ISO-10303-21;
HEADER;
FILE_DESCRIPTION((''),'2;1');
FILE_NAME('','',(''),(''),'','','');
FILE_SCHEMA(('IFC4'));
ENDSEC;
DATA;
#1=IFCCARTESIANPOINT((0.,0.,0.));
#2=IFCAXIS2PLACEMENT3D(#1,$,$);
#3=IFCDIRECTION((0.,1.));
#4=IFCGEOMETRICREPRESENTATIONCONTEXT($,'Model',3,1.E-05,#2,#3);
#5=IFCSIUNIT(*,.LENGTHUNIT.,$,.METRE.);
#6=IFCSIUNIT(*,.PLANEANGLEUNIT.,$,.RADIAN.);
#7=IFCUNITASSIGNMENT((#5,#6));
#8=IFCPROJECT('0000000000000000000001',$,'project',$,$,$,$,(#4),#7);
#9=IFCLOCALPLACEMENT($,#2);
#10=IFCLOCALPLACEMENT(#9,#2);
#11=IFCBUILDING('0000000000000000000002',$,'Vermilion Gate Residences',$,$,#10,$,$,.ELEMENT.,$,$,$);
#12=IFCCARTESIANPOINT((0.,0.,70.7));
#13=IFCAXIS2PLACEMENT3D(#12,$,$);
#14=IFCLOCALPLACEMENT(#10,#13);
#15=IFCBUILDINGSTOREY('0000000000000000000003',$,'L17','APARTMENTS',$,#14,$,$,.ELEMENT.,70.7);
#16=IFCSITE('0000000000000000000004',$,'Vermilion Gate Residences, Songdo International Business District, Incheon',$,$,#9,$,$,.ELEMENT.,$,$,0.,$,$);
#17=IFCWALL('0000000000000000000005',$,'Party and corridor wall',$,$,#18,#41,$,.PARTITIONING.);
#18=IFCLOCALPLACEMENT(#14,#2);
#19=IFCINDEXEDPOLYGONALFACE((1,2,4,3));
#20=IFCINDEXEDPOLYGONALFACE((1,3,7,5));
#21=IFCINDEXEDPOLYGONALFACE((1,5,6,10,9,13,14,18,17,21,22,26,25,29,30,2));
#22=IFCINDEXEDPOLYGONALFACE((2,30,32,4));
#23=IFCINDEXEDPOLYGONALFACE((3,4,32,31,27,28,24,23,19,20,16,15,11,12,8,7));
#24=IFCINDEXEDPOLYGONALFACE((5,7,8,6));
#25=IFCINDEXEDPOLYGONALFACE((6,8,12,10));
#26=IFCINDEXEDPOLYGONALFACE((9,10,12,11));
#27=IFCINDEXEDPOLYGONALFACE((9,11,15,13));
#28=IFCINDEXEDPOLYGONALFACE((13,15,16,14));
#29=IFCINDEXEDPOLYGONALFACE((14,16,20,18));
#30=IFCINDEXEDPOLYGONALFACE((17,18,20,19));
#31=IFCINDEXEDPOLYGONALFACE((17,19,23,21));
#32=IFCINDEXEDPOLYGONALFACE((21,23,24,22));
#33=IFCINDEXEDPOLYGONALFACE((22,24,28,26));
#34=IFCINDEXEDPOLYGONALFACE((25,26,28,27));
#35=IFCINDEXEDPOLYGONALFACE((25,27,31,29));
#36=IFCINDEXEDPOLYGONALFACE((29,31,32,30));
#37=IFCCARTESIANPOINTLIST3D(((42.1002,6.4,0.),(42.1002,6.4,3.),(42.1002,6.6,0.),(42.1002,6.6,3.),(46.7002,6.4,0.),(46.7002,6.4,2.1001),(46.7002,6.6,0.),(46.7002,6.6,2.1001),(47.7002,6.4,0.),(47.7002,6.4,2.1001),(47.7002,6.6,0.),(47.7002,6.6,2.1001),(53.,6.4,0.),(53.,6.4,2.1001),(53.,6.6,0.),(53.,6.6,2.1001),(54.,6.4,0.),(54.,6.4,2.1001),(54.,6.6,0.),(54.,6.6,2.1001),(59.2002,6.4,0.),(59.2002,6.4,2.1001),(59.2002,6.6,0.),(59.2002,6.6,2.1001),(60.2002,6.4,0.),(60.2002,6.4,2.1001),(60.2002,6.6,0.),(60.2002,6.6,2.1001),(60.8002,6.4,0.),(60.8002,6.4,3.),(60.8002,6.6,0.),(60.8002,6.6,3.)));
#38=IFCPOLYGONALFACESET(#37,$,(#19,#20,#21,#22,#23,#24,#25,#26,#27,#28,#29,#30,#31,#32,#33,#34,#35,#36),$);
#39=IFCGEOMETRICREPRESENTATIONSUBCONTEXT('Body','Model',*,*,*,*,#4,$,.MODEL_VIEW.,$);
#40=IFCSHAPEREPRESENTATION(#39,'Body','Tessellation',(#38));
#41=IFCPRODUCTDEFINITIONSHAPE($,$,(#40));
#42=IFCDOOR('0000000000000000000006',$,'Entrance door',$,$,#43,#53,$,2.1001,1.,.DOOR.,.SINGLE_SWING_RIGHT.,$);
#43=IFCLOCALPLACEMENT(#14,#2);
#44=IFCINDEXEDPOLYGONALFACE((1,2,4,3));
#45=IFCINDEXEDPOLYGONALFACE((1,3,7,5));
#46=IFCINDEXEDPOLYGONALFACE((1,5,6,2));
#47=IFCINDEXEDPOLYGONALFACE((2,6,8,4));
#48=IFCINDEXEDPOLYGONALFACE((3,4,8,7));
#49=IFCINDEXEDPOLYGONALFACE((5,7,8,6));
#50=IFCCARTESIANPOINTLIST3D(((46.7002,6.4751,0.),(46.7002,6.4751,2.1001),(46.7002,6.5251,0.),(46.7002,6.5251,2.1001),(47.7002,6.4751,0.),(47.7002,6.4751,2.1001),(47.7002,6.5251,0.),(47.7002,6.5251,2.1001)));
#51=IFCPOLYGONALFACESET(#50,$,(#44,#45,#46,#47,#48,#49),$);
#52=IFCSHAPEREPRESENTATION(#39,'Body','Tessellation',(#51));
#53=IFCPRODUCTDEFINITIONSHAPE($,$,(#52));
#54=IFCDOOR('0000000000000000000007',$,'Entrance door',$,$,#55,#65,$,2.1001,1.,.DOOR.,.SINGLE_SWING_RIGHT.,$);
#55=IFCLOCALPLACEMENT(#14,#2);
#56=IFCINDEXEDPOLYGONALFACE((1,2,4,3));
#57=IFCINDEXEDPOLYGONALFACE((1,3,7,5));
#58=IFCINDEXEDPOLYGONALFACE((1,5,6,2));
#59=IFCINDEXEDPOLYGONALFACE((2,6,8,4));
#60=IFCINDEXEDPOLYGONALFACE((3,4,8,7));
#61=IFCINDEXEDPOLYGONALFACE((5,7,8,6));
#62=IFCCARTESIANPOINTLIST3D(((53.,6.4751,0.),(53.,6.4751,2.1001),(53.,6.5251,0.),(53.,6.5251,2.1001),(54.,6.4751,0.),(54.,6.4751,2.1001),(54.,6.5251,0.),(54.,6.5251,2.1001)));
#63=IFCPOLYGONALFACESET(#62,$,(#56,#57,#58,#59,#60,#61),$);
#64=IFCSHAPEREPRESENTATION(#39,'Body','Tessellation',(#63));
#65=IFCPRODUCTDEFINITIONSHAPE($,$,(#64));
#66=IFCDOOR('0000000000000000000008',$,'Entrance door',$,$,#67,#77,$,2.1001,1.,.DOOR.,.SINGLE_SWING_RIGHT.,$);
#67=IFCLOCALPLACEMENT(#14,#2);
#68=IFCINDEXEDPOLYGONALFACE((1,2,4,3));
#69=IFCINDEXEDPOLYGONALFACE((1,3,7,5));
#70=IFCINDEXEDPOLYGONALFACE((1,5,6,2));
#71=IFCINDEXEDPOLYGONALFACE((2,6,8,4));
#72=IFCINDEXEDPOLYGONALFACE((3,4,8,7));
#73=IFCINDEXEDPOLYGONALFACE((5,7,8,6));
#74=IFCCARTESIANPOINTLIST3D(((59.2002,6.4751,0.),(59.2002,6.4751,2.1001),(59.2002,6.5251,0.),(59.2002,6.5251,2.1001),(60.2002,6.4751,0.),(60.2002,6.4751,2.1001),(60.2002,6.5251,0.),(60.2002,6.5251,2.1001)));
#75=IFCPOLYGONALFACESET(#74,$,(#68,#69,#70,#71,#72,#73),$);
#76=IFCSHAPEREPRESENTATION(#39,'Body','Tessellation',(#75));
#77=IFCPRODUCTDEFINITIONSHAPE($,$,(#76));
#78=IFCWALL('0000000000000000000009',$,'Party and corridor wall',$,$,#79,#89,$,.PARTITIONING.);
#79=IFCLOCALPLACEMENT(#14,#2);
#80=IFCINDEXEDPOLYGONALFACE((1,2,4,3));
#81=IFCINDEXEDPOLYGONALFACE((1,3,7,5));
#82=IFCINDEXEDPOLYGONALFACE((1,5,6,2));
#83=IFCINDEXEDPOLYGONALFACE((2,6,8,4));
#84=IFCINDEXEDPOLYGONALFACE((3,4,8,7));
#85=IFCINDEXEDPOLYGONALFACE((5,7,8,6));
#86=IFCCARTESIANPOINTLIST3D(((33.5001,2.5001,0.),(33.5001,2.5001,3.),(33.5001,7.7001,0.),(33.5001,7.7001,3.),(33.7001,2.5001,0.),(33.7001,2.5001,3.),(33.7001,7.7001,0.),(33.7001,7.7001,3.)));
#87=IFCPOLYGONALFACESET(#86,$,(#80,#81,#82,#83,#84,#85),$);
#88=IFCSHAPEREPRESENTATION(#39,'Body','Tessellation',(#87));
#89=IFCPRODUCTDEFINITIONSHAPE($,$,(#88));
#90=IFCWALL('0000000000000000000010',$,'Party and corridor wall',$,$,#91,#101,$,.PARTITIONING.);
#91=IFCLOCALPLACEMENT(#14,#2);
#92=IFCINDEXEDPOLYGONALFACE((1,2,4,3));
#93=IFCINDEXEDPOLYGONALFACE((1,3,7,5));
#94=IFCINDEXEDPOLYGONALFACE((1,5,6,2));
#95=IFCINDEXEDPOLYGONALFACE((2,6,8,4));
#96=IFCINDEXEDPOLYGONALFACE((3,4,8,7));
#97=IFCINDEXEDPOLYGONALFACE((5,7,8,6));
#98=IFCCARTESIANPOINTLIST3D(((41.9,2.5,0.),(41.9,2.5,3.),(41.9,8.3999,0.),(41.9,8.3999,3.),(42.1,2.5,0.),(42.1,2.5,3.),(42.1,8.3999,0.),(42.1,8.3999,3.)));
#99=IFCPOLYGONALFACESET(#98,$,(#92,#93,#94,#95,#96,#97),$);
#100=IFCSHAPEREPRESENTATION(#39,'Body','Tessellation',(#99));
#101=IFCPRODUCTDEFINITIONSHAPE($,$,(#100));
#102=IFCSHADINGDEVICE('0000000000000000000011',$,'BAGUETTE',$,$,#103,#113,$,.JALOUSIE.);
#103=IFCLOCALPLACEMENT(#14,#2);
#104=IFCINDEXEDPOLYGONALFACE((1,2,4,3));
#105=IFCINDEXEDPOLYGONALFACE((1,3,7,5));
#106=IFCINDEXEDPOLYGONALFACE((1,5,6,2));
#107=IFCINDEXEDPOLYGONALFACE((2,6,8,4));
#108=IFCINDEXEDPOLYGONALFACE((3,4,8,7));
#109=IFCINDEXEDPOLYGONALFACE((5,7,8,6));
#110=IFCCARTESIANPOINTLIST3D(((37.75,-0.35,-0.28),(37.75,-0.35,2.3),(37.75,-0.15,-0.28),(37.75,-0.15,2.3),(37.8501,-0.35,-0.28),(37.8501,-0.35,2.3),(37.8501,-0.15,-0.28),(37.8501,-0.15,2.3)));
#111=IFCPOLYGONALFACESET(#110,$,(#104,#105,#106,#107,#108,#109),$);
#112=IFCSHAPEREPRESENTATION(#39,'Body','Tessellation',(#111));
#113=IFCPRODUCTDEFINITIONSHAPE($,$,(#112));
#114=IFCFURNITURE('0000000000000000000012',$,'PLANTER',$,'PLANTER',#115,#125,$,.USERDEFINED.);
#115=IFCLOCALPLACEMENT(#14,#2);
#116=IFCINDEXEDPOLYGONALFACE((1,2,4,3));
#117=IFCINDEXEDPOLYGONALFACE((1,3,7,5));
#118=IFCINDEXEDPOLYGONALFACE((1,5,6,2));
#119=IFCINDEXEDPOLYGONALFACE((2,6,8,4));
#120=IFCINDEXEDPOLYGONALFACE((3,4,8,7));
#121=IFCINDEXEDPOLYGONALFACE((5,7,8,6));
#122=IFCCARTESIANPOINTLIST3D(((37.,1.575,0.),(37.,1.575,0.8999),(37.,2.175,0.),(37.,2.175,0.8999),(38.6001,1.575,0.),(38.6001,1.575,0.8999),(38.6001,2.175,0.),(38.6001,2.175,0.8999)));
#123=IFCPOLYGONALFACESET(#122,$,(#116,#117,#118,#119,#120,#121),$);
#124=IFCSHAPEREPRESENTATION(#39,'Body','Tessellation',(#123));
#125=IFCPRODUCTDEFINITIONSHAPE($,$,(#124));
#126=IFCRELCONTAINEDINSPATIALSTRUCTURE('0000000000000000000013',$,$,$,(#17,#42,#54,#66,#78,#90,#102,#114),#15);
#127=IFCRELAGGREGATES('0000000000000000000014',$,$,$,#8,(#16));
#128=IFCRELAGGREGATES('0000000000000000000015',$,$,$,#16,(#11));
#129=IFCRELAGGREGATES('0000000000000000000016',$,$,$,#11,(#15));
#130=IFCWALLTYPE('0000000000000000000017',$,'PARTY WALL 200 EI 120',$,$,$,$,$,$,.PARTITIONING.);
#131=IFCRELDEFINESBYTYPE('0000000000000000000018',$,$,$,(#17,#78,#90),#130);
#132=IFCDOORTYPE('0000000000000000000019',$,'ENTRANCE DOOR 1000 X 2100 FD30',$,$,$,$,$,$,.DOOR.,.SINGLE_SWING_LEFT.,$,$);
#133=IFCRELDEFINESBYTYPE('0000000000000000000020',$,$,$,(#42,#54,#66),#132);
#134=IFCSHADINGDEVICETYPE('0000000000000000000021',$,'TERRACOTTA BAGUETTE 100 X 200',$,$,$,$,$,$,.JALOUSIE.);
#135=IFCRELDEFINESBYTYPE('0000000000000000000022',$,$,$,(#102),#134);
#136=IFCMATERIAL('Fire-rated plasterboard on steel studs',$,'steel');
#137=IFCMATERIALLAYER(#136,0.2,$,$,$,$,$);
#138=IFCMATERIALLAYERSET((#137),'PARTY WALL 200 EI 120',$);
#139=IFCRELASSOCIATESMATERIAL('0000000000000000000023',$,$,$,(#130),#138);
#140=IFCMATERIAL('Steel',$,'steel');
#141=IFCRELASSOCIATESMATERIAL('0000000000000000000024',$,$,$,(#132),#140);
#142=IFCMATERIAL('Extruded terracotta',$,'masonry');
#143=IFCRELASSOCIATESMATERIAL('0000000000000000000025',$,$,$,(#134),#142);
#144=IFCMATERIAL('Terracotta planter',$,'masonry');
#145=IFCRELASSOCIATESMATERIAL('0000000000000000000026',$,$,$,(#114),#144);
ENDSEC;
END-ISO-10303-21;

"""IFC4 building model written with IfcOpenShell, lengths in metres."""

from ifc_helpers import new_model, si_unit, direction, frame, frame_2d, origin, origin_2d, place, context, subcontext, project, spatial, rectangle, extrude, material, layer, layer_set, material_profile, profile_set, type_object, element, fill, save


model = new_model("IFC4")

# Units and contexts
model_context = context("Model", 3, precision=1e-05, world=origin(), true_north=direction((0.0, 1.0)))
body_context = subcontext(model_context, "Body", "Model", "MODEL_VIEW")
ifc_project = project(units=[si_unit("LENGTHUNIT", "METRE"), si_unit("PLANEANGLEUNIT", "RADIAN")], contexts=[model_context])

# Site, building, storey
site_placement = place(None, origin())
site = spatial("IfcSite", under=ifc_project, at=site_placement, Name="Vermilion Gate Residences, Songdo International Business District, Incheon", CompositionType="ELEMENT", RefElevation=0.0)
building_placement = place(site_placement, origin())
building = spatial("IfcBuilding", under=site, at=building_placement, Name="Vermilion Gate Residences", CompositionType="ELEMENT")
storey_placement = place(building_placement, frame((0.0, 0.0, 70.7)))
storey = spatial("IfcBuildingStorey", under=building, at=storey_placement, Name="L17", Description="APARTMENTS", CompositionType="ELEMENT", Elevation=70.7)

# Wall, openings, doors
ifc_material_1 = material(Name="Fire-rated plasterboard on steel studs", Category="steel")
ifc_layer_1 = layer(ifc_material_1, 0.2)
ifc_layer_set_1 = layer_set([ifc_layer_1], Name="PARTY WALL 200 EI 120")
wall_type_1 = type_object("IfcWallType", Name="PARTY WALL 200 EI 120", PredefinedType="PARTITIONING", material=ifc_layer_set_1)
wall_1_placement = place(storey_placement, frame((42.1001, 6.5, 0.0), z_axis=(0.0, 0.0, 1.0), x_axis=(1.0, 0.0, 0.0)))
wall_1 = element("IfcWall", 1, at=wall_1_placement, inside=storey, type_object=wall_type_1, Name="Party and corridor wall", PredefinedType="PARTITIONING", context=body_context, shape_type="SweptSolid", body=[
    extrude(rectangle(XDim=18.7, YDim=0.2, at=frame_2d((9.3501, 0.0))), origin(), (0.0, 0.0, 1.0), 3.0),
])
opening_1_placement = place(wall_1_placement, frame((4.6001, 0.0, 0.0)))
opening_1 = element("IfcOpeningElement", 2, at=opening_1_placement, cuts=wall_1, PredefinedType="OPENING", context=body_context, shape_type="SweptSolid", body=[
    extrude(rectangle(XDim=1.0, YDim=2.1001, at=frame_2d((0.5, 1.05))), frame((0.0, 0.1099, 0.0), z_axis=(0.0, -1.0, 0.0), x_axis=(1.0, 0.0, 0.0)), (0.0, 0.0, 1.0), 0.22),
])
opening_2_placement = place(wall_1_placement, frame((10.8999, 0.0, 0.0)))
opening_2 = element("IfcOpeningElement", 3, at=opening_2_placement, cuts=wall_1, PredefinedType="OPENING", context=body_context, shape_type="SweptSolid", body=[
    extrude(rectangle(XDim=1.0, YDim=2.1001, at=frame_2d((0.5, 1.05))), frame((0.0, 0.1099, 0.0), z_axis=(0.0, -1.0, 0.0), x_axis=(1.0, 0.0, 0.0)), (0.0, 0.0, 1.0), 0.22),
])
opening_3_placement = place(wall_1_placement, frame((17.1001, 0.0, 0.0)))
opening_3 = element("IfcOpeningElement", 4, at=opening_3_placement, cuts=wall_1, PredefinedType="OPENING", context=body_context, shape_type="SweptSolid", body=[
    extrude(rectangle(XDim=1.0, YDim=2.1001, at=frame_2d((0.5, 1.05))), frame((0.0, 0.1099, 0.0), z_axis=(0.0, -1.0, 0.0), x_axis=(1.0, 0.0, 0.0)), (0.0, 0.0, 1.0), 0.22),
])
ifc_material_2 = material(Name="Steel", Category="steel")
door_type_1 = type_object("IfcDoorType", Name="ENTRANCE DOOR 1000 X 2100 FD30", OperationType="SINGLE_SWING_LEFT", PredefinedType="DOOR", material=ifc_material_2)
door_1_placement = place(opening_1_placement, frame((1.0, 0.0, 0.0), z_axis=(0.0, 0.0, 1.0), x_axis=(-1.0, 0.0, 0.0)))
door_1 = element("IfcDoor", 5, at=door_1_placement, inside=storey, type_object=door_type_1, Name="Entrance door", OperationType="SINGLE_SWING_RIGHT", OverallHeight=2.1001, OverallWidth=1.0, PredefinedType="DOOR", context=body_context, shape_type="SweptSolid", body=[
    extrude(rectangle(XDim=1.0, YDim=2.1001, at=frame_2d((0.5, 1.05))), frame((0.0, 0.0249, 0.0), z_axis=(0.0, -1.0, 0.0), x_axis=(1.0, 0.0, 0.0)), (0.0, 0.0, 1.0), 0.05),
])
fill(opening_1, door_1)
door_2_placement = place(opening_2_placement, frame((1.0, 0.0, 0.0), z_axis=(0.0, 0.0, 1.0), x_axis=(-1.0, 0.0, 0.0)))
door_2 = element("IfcDoor", 6, at=door_2_placement, inside=storey, type_object=door_type_1, Name="Entrance door", OperationType="SINGLE_SWING_RIGHT", OverallHeight=2.1001, OverallWidth=1.0, PredefinedType="DOOR", context=body_context, shape_type="SweptSolid", body=[
    extrude(rectangle(XDim=1.0, YDim=2.1001, at=frame_2d((0.5, 1.05))), frame((0.0, 0.0249, 0.0), z_axis=(0.0, -1.0, 0.0), x_axis=(1.0, 0.0, 0.0)), (0.0, 0.0, 1.0), 0.05),
])
fill(opening_2, door_2)
door_3_placement = place(opening_3_placement, frame((1.0, 0.0, 0.0), z_axis=(0.0, 0.0, 1.0), x_axis=(-1.0, 0.0, 0.0)))
door_3 = element("IfcDoor", 7, at=door_3_placement, inside=storey, type_object=door_type_1, Name="Entrance door", OperationType="SINGLE_SWING_RIGHT", OverallHeight=2.1001, OverallWidth=1.0, PredefinedType="DOOR", context=body_context, shape_type="SweptSolid", body=[
    extrude(rectangle(XDim=1.0, YDim=2.1001, at=frame_2d((0.5, 1.05))), frame((0.0, 0.0249, 0.0), z_axis=(0.0, -1.0, 0.0), x_axis=(1.0, 0.0, 0.0)), (0.0, 0.0, 1.0), 0.05),
])
fill(opening_3, door_3)

# Walls
wall_2_placement = place(storey_placement, frame((33.6001, 2.5, 0.0), z_axis=(0.0, 0.0, 1.0), x_axis=(0.0, 1.0, 0.0)))
element("IfcWall", 8, at=wall_2_placement, inside=storey, type_object=wall_type_1, Name="Party and corridor wall", PredefinedType="PARTITIONING", context=body_context, shape_type="SweptSolid", body=[
    extrude(rectangle(XDim=5.2, YDim=0.2, at=frame_2d((2.6001, 0.0))), origin(), (0.0, 0.0, 1.0), 3.0),
])
wall_3_placement = place(storey_placement, frame((42.0, 2.5, 0.0), z_axis=(0.0, 0.0, 1.0), x_axis=(0.0, 1.0, 0.0)))
element("IfcWall", 9, at=wall_3_placement, inside=storey, type_object=wall_type_1, Name="Party and corridor wall", PredefinedType="PARTITIONING", context=body_context, shape_type="SweptSolid", body=[
    extrude(rectangle(XDim=5.8999, YDim=0.2, at=frame_2d((2.95, 0.0))), origin(), (0.0, 0.0, 1.0), 3.0),
])

# Shading device
ifc_material_3 = material(Name="Extruded terracotta", Category="masonry")
ifc_material_profile_1 = material_profile(ifc_material_3, rectangle(XDim=0.2, YDim=0.1001, at=origin_2d()), Name="BAGUETTE 100 X 200")
ifc_profile_set_1 = profile_set([ifc_material_profile_1], Name="Extruded terracotta")
shading_device_type = type_object("IfcShadingDeviceType", Name="TERRACOTTA BAGUETTE 100 X 200", PredefinedType="JALOUSIE", material=ifc_profile_set_1)
shading_device_placement = place(storey_placement, frame((37.8, -0.25, -0.28), z_axis=(0.0, 0.0, 1.0), x_axis=(0.0, 1.0, 0.0)))
element("IfcShadingDevice", 10, at=shading_device_placement, inside=storey, type_object=shading_device_type, Name="BAGUETTE", PredefinedType="JALOUSIE", context=body_context, shape_type="SweptSolid", body=[
    extrude(rectangle(XDim=0.2, YDim=0.1001, at=origin_2d()), origin(), (0.0, 0.0, 1.0), 2.5801),
])

# Furniture
ifc_material_4 = material(Name="Terracotta planter", Category="masonry")
furniture_placement = place(storey_placement, frame((37.8, 1.875, 0.0), z_axis=(0.0, 0.0, 1.0), x_axis=(1.0, 0.0, 0.0)))
element("IfcFurniture", 11, at=furniture_placement, inside=storey, material=ifc_material_4, Name="PLANTER", ObjectType="PLANTER", PredefinedType="USERDEFINED", context=body_context, shape_type="SweptSolid", body=[
    extrude(rectangle(XDim=1.6001, YDim=0.6001, at=origin_2d()), origin(), (0.0, 0.0, 1.0), 0.8999),
])

save(model, "model.ifc")
